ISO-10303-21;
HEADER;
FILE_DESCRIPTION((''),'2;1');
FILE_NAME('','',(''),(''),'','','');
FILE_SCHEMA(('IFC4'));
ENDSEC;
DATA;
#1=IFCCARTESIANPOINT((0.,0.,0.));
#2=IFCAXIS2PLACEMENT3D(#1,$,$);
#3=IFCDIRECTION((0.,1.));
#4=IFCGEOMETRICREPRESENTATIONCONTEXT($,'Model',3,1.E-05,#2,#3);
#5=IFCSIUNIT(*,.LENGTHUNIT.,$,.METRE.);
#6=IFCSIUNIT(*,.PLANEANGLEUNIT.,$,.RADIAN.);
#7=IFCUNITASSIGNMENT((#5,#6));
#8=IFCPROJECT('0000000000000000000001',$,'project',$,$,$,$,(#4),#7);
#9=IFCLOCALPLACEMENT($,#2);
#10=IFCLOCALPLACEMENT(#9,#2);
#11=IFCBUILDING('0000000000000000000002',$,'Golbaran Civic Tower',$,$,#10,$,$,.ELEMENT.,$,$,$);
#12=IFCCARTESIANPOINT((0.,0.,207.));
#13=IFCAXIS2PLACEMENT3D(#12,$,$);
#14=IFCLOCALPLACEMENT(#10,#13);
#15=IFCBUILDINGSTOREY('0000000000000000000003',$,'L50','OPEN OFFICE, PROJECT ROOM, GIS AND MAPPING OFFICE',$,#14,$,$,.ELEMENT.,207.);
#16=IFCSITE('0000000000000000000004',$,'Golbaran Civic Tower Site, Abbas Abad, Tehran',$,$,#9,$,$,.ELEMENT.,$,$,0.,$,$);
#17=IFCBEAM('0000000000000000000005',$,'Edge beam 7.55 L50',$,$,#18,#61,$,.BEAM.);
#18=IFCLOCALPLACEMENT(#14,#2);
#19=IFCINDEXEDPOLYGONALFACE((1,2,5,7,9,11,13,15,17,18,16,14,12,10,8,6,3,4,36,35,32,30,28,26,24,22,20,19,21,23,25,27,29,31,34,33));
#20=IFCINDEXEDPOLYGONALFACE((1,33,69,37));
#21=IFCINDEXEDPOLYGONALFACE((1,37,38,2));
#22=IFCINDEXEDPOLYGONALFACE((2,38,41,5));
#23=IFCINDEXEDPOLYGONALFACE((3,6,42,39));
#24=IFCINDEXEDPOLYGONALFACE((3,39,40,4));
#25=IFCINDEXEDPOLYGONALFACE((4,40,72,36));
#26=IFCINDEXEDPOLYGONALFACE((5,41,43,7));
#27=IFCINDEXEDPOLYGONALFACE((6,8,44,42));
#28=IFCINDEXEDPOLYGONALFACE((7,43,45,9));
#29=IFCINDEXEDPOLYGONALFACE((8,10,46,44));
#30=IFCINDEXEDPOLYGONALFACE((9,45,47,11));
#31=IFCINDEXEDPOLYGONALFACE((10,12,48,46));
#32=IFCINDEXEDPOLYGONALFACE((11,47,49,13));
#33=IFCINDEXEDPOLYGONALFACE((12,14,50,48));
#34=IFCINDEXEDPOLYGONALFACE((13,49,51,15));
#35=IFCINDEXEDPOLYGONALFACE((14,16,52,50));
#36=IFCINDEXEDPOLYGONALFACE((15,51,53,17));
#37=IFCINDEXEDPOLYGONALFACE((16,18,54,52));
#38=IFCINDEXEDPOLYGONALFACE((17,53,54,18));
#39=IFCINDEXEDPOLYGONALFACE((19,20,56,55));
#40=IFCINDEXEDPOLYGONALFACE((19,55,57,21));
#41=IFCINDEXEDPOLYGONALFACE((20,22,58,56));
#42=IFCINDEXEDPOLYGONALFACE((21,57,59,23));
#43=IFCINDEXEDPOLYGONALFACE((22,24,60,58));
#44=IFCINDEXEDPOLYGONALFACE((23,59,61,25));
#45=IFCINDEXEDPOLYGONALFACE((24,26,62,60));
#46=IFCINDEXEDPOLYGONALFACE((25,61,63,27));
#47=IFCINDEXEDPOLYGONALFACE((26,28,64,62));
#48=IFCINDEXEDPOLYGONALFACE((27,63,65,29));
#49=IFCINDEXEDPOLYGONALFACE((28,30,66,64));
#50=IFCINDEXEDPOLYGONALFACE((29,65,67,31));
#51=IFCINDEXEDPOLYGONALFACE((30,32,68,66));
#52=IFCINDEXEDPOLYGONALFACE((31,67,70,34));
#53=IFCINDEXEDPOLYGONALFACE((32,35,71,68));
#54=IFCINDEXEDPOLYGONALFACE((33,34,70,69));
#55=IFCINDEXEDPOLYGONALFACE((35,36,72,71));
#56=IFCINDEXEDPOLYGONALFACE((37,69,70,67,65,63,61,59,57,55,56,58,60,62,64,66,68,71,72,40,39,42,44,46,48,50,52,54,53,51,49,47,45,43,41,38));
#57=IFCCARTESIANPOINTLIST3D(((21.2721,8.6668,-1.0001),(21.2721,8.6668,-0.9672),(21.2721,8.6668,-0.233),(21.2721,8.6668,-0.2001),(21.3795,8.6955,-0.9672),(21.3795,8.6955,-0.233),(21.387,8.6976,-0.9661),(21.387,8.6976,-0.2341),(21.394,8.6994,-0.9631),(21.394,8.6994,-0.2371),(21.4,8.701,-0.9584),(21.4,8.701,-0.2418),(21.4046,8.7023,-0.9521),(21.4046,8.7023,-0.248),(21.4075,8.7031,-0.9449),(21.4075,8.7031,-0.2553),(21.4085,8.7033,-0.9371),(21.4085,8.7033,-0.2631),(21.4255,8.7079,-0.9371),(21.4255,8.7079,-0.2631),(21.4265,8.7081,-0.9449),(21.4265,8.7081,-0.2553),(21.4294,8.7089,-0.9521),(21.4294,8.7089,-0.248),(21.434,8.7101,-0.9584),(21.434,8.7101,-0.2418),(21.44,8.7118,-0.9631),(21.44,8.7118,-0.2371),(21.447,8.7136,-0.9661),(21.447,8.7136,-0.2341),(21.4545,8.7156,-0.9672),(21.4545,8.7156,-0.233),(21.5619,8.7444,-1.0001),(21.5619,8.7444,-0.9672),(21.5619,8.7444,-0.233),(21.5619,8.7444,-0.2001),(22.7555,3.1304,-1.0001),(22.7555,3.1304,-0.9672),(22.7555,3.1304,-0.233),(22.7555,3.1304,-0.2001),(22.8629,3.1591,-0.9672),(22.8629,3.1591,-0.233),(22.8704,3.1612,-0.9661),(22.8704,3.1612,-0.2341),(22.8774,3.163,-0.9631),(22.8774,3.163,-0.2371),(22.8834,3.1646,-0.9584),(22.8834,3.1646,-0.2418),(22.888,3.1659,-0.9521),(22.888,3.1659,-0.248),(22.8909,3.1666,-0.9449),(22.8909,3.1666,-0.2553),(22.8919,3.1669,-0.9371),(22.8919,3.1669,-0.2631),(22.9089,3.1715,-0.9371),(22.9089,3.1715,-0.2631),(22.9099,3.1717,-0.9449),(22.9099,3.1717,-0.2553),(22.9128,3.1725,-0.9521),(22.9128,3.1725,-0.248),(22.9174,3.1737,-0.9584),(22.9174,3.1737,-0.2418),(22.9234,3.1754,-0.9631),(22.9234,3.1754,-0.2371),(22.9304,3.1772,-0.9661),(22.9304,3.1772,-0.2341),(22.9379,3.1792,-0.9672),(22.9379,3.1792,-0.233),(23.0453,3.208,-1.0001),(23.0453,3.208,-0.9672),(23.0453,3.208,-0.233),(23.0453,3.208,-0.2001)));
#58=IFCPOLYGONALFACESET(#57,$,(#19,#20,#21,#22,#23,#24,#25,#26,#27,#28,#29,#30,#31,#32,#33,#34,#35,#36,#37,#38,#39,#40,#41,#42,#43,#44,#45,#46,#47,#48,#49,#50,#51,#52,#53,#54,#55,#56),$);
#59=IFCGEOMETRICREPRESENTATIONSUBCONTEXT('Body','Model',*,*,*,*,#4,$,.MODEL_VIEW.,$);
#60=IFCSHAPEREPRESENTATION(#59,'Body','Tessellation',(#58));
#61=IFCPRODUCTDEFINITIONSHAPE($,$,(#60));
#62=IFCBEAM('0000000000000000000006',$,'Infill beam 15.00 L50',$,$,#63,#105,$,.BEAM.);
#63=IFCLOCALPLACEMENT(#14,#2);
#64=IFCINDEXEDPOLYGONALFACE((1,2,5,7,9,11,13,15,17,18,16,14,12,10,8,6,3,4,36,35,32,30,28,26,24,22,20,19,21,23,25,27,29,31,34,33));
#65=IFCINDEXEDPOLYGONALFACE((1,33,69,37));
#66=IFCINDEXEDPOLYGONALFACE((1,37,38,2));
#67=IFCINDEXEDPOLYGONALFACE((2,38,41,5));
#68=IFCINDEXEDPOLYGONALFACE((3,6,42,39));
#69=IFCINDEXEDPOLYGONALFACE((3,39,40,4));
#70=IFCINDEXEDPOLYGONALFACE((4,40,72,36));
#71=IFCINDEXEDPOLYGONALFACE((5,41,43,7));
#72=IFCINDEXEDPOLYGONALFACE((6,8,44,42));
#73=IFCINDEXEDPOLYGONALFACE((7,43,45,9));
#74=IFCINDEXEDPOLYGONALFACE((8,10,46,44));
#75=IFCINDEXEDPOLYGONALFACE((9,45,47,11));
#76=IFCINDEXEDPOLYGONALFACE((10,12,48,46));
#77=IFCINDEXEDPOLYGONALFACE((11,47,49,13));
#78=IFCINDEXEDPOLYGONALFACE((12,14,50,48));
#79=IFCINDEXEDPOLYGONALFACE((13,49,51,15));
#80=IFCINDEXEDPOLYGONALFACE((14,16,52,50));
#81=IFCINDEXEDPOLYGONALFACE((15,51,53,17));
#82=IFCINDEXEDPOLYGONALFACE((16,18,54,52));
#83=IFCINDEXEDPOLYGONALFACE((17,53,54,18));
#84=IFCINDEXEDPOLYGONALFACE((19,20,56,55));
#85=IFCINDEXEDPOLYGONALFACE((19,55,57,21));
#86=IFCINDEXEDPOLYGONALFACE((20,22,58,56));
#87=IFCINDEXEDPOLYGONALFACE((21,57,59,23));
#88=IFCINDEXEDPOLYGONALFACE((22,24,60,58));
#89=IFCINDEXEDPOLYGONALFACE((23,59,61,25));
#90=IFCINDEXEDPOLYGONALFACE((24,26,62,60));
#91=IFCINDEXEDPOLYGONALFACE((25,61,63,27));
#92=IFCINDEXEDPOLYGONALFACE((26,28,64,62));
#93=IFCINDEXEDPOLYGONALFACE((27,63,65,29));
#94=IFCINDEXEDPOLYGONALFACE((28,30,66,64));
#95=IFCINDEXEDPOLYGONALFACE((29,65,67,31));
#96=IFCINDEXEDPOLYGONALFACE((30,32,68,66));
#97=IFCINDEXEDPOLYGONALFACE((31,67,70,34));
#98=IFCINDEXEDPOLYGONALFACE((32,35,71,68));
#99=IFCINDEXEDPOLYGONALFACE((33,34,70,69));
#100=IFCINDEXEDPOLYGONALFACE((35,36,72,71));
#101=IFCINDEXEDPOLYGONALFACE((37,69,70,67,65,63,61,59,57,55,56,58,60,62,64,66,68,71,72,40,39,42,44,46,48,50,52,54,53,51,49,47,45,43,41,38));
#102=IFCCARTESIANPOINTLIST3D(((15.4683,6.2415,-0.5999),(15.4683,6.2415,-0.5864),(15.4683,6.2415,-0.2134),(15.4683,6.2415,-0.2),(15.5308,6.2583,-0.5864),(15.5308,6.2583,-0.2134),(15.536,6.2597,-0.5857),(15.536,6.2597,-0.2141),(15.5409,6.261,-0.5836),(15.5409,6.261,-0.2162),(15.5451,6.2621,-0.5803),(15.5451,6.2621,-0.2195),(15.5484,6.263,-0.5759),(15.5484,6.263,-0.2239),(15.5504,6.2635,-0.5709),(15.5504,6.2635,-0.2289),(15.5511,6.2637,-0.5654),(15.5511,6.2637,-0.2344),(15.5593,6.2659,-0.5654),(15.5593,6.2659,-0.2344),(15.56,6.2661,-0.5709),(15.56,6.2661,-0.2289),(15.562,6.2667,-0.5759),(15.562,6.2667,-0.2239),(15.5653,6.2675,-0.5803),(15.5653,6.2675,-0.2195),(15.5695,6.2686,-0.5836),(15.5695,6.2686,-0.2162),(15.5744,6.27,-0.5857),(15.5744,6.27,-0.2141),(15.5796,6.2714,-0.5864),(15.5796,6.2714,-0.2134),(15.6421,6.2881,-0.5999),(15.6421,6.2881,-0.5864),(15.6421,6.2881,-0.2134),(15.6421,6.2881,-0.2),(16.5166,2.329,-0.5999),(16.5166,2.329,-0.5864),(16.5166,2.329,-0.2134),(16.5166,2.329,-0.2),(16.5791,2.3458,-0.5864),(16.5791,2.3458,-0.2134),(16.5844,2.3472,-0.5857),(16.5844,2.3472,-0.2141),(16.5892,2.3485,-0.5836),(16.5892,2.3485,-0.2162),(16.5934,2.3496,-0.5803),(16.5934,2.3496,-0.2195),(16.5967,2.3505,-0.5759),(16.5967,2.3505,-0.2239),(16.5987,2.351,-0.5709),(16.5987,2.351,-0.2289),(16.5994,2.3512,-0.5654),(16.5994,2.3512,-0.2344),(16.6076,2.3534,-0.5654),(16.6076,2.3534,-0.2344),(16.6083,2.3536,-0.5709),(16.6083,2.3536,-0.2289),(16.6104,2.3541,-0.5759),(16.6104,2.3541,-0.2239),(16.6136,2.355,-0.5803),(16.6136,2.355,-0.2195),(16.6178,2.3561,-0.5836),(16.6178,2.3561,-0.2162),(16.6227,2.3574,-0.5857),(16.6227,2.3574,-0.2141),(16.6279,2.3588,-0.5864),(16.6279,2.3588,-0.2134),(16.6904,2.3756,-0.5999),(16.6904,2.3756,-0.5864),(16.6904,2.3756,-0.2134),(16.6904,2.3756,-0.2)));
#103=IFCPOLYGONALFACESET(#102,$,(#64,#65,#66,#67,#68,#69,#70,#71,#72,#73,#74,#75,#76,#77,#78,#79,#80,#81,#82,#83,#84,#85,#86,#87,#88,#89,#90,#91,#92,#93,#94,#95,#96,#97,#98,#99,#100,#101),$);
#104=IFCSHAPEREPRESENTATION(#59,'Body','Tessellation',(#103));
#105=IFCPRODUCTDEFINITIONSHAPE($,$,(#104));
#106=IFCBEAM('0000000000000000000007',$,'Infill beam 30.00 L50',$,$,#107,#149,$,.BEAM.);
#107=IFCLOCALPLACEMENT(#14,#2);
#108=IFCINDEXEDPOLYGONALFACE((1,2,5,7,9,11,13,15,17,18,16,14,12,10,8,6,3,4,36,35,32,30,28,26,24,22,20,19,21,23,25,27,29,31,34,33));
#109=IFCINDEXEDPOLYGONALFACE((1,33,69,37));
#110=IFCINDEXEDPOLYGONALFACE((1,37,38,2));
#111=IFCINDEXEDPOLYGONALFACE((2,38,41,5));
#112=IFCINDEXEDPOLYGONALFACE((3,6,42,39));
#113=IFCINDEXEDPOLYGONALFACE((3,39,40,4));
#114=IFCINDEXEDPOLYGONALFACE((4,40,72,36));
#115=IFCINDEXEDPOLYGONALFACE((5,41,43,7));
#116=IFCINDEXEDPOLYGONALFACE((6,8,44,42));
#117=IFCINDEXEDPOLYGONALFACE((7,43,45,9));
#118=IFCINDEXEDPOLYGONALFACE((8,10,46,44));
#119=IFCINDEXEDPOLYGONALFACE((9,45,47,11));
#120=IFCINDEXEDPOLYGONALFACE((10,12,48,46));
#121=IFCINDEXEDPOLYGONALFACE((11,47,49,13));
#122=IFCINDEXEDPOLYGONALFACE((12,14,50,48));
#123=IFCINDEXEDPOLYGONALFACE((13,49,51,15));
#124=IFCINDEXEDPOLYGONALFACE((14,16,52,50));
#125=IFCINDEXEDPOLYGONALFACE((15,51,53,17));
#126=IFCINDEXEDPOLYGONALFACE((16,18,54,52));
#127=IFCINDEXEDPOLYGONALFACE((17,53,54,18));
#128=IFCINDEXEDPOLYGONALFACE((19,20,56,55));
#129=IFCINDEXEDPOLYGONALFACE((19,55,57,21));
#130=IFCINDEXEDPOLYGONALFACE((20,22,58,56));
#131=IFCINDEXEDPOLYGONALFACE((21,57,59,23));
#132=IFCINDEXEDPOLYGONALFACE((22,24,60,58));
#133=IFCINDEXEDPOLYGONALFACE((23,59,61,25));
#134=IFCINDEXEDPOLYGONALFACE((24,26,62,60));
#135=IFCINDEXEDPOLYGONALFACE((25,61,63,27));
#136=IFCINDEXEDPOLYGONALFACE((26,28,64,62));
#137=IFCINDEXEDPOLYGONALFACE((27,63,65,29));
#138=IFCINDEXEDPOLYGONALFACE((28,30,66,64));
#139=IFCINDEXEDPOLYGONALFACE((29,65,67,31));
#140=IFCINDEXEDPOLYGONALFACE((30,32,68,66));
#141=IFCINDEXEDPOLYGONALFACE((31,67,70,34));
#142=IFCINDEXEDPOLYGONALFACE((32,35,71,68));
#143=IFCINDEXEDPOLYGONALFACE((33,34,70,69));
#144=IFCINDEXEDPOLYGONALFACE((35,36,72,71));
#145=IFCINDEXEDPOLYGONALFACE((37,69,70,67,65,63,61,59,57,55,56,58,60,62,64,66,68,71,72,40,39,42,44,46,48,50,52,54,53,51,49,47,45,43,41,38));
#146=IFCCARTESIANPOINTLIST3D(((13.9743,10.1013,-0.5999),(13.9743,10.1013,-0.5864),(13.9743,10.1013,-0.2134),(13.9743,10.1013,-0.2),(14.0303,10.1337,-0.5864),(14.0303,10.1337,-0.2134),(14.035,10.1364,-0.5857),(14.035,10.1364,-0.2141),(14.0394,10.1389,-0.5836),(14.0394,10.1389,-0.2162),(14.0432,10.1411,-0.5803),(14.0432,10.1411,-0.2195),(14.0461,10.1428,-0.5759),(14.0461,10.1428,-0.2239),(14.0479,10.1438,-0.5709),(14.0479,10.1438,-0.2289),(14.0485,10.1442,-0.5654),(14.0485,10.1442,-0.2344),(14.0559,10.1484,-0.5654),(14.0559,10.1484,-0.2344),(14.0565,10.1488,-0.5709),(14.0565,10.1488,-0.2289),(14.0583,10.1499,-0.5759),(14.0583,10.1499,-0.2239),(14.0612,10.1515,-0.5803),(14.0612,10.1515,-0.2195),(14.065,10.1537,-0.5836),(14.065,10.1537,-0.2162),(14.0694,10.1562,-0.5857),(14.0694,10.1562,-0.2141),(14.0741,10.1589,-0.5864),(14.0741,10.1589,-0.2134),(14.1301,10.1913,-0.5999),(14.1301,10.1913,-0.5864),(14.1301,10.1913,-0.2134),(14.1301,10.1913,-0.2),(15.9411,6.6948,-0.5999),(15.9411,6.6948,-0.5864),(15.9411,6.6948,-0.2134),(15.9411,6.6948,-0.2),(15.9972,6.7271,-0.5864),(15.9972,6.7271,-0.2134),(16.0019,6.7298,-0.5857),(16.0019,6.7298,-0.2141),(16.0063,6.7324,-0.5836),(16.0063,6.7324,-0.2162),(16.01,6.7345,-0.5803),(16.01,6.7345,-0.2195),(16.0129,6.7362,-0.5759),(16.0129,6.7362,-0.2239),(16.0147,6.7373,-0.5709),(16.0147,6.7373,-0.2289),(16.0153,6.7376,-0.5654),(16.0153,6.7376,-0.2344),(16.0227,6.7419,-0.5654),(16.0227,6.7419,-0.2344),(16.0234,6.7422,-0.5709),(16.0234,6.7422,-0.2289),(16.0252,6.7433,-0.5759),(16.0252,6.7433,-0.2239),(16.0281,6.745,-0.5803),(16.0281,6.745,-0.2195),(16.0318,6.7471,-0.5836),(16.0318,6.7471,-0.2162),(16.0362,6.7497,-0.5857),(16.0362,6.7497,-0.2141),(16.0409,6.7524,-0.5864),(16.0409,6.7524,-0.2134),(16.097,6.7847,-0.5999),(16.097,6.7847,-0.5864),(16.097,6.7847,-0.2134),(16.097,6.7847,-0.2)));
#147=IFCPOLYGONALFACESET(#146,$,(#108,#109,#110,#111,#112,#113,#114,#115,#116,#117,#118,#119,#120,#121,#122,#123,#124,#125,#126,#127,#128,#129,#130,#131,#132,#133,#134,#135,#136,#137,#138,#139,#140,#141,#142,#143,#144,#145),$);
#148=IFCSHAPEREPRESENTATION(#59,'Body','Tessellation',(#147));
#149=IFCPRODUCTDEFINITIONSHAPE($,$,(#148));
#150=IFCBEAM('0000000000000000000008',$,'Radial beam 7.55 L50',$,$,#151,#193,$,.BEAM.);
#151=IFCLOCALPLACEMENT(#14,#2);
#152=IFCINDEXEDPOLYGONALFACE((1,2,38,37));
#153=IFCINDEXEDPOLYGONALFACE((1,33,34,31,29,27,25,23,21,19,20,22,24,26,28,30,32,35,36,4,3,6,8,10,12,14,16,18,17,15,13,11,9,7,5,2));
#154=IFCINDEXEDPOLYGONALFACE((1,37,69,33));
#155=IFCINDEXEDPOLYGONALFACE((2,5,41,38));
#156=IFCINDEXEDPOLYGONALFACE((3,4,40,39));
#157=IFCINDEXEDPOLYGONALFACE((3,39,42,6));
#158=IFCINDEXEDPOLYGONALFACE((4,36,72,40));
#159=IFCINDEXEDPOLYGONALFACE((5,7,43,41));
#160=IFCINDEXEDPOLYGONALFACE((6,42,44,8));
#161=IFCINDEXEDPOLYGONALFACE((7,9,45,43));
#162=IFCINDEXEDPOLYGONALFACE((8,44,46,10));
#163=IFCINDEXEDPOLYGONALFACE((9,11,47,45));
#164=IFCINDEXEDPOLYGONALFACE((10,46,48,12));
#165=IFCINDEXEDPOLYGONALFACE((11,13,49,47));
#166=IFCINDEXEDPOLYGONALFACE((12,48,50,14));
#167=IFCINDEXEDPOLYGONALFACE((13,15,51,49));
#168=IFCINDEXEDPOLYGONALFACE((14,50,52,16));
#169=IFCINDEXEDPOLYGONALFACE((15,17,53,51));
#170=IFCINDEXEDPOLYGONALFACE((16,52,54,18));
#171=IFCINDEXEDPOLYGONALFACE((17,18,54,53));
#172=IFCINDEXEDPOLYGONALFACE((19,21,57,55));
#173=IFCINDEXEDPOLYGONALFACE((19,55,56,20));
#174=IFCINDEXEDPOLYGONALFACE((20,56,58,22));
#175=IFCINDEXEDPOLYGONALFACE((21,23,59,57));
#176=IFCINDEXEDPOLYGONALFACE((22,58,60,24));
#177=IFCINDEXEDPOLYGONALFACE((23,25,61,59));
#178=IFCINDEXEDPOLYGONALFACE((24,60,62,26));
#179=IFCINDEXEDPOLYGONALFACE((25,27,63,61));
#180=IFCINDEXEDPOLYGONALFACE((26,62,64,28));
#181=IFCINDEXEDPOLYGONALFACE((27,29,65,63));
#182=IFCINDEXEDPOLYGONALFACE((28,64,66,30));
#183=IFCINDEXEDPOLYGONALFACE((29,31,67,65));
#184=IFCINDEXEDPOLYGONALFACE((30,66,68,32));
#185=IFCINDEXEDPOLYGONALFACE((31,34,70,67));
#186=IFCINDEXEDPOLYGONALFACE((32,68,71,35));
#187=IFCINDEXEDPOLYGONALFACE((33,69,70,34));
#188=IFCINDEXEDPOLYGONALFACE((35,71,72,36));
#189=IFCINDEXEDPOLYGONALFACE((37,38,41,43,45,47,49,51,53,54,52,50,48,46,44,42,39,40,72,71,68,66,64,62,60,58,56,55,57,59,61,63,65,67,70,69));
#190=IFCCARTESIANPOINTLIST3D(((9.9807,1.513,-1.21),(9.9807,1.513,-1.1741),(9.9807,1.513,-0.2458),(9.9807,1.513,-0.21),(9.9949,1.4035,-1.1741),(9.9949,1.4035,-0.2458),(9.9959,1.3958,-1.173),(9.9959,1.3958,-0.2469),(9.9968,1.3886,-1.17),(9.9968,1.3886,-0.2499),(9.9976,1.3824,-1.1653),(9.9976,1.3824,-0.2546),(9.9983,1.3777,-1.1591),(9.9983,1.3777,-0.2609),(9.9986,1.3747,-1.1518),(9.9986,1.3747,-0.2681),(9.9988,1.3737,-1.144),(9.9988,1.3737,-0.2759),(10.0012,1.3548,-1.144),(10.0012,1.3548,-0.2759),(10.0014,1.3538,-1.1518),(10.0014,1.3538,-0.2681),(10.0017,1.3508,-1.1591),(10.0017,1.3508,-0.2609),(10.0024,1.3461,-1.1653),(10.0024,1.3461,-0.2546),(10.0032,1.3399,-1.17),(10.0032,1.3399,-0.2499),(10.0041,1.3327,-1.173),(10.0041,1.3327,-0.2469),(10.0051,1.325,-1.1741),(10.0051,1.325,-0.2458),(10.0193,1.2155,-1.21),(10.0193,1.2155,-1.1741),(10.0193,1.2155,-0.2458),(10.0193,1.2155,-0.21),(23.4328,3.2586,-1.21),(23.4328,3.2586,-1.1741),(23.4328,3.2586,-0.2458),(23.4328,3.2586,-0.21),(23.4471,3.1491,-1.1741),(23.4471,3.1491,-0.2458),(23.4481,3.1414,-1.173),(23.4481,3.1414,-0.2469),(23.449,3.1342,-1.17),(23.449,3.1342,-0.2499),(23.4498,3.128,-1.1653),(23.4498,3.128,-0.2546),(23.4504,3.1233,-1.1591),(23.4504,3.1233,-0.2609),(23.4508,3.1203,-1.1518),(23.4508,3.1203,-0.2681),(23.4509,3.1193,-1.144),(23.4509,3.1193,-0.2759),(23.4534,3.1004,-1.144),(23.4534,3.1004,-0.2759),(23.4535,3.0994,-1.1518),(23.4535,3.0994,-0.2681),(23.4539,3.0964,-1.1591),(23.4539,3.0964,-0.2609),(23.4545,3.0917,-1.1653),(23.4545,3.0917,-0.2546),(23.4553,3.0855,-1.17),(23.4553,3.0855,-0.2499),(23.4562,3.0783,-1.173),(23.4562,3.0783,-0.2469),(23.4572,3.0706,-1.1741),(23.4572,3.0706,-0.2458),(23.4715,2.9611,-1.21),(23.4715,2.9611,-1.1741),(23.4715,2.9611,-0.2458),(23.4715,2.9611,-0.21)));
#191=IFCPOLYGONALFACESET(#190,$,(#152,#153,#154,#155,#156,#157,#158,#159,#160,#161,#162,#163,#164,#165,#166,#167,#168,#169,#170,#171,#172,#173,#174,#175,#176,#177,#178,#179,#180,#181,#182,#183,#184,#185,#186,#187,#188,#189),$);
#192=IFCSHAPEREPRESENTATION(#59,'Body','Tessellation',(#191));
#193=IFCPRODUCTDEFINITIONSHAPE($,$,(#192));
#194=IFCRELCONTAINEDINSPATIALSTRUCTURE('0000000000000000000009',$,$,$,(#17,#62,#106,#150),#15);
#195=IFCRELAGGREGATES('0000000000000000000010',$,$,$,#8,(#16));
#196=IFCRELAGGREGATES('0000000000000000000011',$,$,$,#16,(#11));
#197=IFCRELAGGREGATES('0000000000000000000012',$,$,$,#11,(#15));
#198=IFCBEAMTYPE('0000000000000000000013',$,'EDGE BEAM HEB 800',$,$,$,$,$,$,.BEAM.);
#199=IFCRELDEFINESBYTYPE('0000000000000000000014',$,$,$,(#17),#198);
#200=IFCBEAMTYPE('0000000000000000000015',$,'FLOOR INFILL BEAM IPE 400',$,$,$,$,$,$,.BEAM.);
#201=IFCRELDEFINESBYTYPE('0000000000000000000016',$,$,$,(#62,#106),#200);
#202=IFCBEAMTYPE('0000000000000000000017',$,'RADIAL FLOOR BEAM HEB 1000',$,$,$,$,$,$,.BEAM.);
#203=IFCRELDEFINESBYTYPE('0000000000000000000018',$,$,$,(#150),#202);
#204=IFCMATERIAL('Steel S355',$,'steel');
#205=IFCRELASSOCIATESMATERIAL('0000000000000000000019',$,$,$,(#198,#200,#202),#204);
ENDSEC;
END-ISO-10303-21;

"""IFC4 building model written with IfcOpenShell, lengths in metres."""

from ifc_helpers import new_model, si_unit, direction, frame, origin, origin_2d, place, context, subcontext, project, spatial, i_section, extrude, material, material_profile, profile_set, type_object, element, save


model = new_model("IFC4")

# Units and contexts
model_context = context("Model", 3, precision=1e-05, world=origin(), true_north=direction((0.0, 1.0)))
body_context = subcontext(model_context, "Body", "Model", "MODEL_VIEW")
ifc_project = project(units=[si_unit("LENGTHUNIT", "METRE"), si_unit("PLANEANGLEUNIT", "RADIAN")], contexts=[model_context])

# Site, building, storey
site_placement = place(None, origin())
site = spatial("IfcSite", under=ifc_project, at=site_placement, Name="Golbaran Civic Tower Site, Abbas Abad, Tehran", CompositionType="ELEMENT", RefElevation=0.0)
building_placement = place(site_placement, origin())
building = spatial("IfcBuilding", under=site, at=building_placement, Name="Golbaran Civic Tower", CompositionType="ELEMENT")
storey_placement = place(building_placement, frame((0.0, 0.0, 207.0)))
storey = spatial("IfcBuildingStorey", under=building, at=storey_placement, Name="L50", Description="OPEN OFFICE, PROJECT ROOM, GIS AND MAPPING OFFICE", CompositionType="ELEMENT", Elevation=207.0)

# Beams
ifc_material_1 = material(Name="Steel S355", Category="steel")
ifc_material_profile_1 = material_profile(ifc_material_1, i_section(OverallWidth=0.3, OverallDepth=0.8, WebThickness=0.0176, FlangeThickness=0.033, FilletRadius=0.03, at=origin_2d()), Name="HEB 800")
ifc_profile_set_1 = profile_set([ifc_material_profile_1], Name="Steel S355")
beam_type_1 = type_object("IfcBeamType", Name="EDGE BEAM HEB 800", PredefinedType="BEAM", material=ifc_profile_set_1)
beam_1_placement = place(storey_placement, frame((22.9004, 3.1692, -0.6001), z_axis=(-0.258808, 0.965929, 0.0), x_axis=(-0.965929, -0.258808, 0.0)))
element("IfcBeam", 1, at=beam_1_placement, inside=storey, type_object=beam_type_1, Name="Edge beam 7.55 L50", PredefinedType="BEAM", context=body_context, shape_type="SweptSolid", body=[
    extrude(i_section(OverallWidth=0.3, OverallDepth=0.8, WebThickness=0.0176, FlangeThickness=0.033, FilletRadius=0.03, at=origin_2d()), origin(), (0.0, 0.0, 1.0), 5.7317),
])
ifc_material_profile_2 = material_profile(ifc_material_1, i_section(OverallWidth=0.1799, OverallDepth=0.3999, WebThickness=0.0085, FlangeThickness=0.0134, FilletRadius=0.021, at=origin_2d()), Name="IPE 400")
ifc_profile_set_2 = profile_set([ifc_material_profile_2], Name="Steel S355")
beam_type_2 = type_object("IfcBeamType", Name="FLOOR INFILL BEAM IPE 400", PredefinedType="BEAM", material=ifc_profile_set_2)
beam_2_placement = place(storey_placement, frame((16.6035, 2.3523, -0.3999), z_axis=(-0.25881, 0.965928, 0.0), x_axis=(-0.965928, -0.25881, 0.0)))
element("IfcBeam", 2, at=beam_2_placement, inside=storey, type_object=beam_type_2, Name="Infill beam 15.00 L50", PredefinedType="BEAM", context=body_context, shape_type="SweptSolid", body=[
    extrude(i_section(OverallWidth=0.1799, OverallDepth=0.3999, WebThickness=0.0085, FlangeThickness=0.0134, FilletRadius=0.021, at=origin_2d()), origin(), (0.0, 0.0, 1.0), 4.0505),
])
beam_3_placement = place(storey_placement, frame((16.019, 6.7397, -0.3999), z_axis=(-0.500011, 0.866019, 0.0), x_axis=(-0.866019, -0.500011, 0.0)))
element("IfcBeam", 3, at=beam_3_placement, inside=storey, type_object=beam_type_2, Name="Infill beam 30.00 L50", PredefinedType="BEAM", context=body_context, shape_type="SweptSolid", body=[
    extrude(i_section(OverallWidth=0.1799, OverallDepth=0.3999, WebThickness=0.0085, FlangeThickness=0.0134, FilletRadius=0.021, at=origin_2d()), origin(), (0.0, 0.0, 1.0), 3.9336),
])
ifc_material_profile_3 = material_profile(ifc_material_1, i_section(OverallWidth=0.3, OverallDepth=1.0, WebThickness=0.019, FlangeThickness=0.0359, FilletRadius=0.03, at=origin_2d()), Name="HEB 1000")
ifc_profile_set_3 = profile_set([ifc_material_profile_3], Name="Steel S355")
beam_type_3 = type_object("IfcBeamType", Name="RADIAL FLOOR BEAM HEB 1000", PredefinedType="BEAM", material=ifc_profile_set_3)
beam_4_placement = place(storey_placement, frame((10.0, 1.3643, -0.71), z_axis=(0.991686, 0.128685, 0.0), x_axis=(-0.128685, 0.991686, 0.0)))
element("IfcBeam", 4, at=beam_4_placement, inside=storey, type_object=beam_type_3, Name="Radial beam 7.55 L50", PredefinedType="BEAM", context=body_context, shape_type="SweptSolid", body=[
    extrude(i_section(OverallWidth=0.3, OverallDepth=1.0, WebThickness=0.019, FlangeThickness=0.0359, FilletRadius=0.03, at=origin_2d()), origin(), (0.0, 0.0, 1.0), 13.5649),
])

save(model, "model.ifc")
